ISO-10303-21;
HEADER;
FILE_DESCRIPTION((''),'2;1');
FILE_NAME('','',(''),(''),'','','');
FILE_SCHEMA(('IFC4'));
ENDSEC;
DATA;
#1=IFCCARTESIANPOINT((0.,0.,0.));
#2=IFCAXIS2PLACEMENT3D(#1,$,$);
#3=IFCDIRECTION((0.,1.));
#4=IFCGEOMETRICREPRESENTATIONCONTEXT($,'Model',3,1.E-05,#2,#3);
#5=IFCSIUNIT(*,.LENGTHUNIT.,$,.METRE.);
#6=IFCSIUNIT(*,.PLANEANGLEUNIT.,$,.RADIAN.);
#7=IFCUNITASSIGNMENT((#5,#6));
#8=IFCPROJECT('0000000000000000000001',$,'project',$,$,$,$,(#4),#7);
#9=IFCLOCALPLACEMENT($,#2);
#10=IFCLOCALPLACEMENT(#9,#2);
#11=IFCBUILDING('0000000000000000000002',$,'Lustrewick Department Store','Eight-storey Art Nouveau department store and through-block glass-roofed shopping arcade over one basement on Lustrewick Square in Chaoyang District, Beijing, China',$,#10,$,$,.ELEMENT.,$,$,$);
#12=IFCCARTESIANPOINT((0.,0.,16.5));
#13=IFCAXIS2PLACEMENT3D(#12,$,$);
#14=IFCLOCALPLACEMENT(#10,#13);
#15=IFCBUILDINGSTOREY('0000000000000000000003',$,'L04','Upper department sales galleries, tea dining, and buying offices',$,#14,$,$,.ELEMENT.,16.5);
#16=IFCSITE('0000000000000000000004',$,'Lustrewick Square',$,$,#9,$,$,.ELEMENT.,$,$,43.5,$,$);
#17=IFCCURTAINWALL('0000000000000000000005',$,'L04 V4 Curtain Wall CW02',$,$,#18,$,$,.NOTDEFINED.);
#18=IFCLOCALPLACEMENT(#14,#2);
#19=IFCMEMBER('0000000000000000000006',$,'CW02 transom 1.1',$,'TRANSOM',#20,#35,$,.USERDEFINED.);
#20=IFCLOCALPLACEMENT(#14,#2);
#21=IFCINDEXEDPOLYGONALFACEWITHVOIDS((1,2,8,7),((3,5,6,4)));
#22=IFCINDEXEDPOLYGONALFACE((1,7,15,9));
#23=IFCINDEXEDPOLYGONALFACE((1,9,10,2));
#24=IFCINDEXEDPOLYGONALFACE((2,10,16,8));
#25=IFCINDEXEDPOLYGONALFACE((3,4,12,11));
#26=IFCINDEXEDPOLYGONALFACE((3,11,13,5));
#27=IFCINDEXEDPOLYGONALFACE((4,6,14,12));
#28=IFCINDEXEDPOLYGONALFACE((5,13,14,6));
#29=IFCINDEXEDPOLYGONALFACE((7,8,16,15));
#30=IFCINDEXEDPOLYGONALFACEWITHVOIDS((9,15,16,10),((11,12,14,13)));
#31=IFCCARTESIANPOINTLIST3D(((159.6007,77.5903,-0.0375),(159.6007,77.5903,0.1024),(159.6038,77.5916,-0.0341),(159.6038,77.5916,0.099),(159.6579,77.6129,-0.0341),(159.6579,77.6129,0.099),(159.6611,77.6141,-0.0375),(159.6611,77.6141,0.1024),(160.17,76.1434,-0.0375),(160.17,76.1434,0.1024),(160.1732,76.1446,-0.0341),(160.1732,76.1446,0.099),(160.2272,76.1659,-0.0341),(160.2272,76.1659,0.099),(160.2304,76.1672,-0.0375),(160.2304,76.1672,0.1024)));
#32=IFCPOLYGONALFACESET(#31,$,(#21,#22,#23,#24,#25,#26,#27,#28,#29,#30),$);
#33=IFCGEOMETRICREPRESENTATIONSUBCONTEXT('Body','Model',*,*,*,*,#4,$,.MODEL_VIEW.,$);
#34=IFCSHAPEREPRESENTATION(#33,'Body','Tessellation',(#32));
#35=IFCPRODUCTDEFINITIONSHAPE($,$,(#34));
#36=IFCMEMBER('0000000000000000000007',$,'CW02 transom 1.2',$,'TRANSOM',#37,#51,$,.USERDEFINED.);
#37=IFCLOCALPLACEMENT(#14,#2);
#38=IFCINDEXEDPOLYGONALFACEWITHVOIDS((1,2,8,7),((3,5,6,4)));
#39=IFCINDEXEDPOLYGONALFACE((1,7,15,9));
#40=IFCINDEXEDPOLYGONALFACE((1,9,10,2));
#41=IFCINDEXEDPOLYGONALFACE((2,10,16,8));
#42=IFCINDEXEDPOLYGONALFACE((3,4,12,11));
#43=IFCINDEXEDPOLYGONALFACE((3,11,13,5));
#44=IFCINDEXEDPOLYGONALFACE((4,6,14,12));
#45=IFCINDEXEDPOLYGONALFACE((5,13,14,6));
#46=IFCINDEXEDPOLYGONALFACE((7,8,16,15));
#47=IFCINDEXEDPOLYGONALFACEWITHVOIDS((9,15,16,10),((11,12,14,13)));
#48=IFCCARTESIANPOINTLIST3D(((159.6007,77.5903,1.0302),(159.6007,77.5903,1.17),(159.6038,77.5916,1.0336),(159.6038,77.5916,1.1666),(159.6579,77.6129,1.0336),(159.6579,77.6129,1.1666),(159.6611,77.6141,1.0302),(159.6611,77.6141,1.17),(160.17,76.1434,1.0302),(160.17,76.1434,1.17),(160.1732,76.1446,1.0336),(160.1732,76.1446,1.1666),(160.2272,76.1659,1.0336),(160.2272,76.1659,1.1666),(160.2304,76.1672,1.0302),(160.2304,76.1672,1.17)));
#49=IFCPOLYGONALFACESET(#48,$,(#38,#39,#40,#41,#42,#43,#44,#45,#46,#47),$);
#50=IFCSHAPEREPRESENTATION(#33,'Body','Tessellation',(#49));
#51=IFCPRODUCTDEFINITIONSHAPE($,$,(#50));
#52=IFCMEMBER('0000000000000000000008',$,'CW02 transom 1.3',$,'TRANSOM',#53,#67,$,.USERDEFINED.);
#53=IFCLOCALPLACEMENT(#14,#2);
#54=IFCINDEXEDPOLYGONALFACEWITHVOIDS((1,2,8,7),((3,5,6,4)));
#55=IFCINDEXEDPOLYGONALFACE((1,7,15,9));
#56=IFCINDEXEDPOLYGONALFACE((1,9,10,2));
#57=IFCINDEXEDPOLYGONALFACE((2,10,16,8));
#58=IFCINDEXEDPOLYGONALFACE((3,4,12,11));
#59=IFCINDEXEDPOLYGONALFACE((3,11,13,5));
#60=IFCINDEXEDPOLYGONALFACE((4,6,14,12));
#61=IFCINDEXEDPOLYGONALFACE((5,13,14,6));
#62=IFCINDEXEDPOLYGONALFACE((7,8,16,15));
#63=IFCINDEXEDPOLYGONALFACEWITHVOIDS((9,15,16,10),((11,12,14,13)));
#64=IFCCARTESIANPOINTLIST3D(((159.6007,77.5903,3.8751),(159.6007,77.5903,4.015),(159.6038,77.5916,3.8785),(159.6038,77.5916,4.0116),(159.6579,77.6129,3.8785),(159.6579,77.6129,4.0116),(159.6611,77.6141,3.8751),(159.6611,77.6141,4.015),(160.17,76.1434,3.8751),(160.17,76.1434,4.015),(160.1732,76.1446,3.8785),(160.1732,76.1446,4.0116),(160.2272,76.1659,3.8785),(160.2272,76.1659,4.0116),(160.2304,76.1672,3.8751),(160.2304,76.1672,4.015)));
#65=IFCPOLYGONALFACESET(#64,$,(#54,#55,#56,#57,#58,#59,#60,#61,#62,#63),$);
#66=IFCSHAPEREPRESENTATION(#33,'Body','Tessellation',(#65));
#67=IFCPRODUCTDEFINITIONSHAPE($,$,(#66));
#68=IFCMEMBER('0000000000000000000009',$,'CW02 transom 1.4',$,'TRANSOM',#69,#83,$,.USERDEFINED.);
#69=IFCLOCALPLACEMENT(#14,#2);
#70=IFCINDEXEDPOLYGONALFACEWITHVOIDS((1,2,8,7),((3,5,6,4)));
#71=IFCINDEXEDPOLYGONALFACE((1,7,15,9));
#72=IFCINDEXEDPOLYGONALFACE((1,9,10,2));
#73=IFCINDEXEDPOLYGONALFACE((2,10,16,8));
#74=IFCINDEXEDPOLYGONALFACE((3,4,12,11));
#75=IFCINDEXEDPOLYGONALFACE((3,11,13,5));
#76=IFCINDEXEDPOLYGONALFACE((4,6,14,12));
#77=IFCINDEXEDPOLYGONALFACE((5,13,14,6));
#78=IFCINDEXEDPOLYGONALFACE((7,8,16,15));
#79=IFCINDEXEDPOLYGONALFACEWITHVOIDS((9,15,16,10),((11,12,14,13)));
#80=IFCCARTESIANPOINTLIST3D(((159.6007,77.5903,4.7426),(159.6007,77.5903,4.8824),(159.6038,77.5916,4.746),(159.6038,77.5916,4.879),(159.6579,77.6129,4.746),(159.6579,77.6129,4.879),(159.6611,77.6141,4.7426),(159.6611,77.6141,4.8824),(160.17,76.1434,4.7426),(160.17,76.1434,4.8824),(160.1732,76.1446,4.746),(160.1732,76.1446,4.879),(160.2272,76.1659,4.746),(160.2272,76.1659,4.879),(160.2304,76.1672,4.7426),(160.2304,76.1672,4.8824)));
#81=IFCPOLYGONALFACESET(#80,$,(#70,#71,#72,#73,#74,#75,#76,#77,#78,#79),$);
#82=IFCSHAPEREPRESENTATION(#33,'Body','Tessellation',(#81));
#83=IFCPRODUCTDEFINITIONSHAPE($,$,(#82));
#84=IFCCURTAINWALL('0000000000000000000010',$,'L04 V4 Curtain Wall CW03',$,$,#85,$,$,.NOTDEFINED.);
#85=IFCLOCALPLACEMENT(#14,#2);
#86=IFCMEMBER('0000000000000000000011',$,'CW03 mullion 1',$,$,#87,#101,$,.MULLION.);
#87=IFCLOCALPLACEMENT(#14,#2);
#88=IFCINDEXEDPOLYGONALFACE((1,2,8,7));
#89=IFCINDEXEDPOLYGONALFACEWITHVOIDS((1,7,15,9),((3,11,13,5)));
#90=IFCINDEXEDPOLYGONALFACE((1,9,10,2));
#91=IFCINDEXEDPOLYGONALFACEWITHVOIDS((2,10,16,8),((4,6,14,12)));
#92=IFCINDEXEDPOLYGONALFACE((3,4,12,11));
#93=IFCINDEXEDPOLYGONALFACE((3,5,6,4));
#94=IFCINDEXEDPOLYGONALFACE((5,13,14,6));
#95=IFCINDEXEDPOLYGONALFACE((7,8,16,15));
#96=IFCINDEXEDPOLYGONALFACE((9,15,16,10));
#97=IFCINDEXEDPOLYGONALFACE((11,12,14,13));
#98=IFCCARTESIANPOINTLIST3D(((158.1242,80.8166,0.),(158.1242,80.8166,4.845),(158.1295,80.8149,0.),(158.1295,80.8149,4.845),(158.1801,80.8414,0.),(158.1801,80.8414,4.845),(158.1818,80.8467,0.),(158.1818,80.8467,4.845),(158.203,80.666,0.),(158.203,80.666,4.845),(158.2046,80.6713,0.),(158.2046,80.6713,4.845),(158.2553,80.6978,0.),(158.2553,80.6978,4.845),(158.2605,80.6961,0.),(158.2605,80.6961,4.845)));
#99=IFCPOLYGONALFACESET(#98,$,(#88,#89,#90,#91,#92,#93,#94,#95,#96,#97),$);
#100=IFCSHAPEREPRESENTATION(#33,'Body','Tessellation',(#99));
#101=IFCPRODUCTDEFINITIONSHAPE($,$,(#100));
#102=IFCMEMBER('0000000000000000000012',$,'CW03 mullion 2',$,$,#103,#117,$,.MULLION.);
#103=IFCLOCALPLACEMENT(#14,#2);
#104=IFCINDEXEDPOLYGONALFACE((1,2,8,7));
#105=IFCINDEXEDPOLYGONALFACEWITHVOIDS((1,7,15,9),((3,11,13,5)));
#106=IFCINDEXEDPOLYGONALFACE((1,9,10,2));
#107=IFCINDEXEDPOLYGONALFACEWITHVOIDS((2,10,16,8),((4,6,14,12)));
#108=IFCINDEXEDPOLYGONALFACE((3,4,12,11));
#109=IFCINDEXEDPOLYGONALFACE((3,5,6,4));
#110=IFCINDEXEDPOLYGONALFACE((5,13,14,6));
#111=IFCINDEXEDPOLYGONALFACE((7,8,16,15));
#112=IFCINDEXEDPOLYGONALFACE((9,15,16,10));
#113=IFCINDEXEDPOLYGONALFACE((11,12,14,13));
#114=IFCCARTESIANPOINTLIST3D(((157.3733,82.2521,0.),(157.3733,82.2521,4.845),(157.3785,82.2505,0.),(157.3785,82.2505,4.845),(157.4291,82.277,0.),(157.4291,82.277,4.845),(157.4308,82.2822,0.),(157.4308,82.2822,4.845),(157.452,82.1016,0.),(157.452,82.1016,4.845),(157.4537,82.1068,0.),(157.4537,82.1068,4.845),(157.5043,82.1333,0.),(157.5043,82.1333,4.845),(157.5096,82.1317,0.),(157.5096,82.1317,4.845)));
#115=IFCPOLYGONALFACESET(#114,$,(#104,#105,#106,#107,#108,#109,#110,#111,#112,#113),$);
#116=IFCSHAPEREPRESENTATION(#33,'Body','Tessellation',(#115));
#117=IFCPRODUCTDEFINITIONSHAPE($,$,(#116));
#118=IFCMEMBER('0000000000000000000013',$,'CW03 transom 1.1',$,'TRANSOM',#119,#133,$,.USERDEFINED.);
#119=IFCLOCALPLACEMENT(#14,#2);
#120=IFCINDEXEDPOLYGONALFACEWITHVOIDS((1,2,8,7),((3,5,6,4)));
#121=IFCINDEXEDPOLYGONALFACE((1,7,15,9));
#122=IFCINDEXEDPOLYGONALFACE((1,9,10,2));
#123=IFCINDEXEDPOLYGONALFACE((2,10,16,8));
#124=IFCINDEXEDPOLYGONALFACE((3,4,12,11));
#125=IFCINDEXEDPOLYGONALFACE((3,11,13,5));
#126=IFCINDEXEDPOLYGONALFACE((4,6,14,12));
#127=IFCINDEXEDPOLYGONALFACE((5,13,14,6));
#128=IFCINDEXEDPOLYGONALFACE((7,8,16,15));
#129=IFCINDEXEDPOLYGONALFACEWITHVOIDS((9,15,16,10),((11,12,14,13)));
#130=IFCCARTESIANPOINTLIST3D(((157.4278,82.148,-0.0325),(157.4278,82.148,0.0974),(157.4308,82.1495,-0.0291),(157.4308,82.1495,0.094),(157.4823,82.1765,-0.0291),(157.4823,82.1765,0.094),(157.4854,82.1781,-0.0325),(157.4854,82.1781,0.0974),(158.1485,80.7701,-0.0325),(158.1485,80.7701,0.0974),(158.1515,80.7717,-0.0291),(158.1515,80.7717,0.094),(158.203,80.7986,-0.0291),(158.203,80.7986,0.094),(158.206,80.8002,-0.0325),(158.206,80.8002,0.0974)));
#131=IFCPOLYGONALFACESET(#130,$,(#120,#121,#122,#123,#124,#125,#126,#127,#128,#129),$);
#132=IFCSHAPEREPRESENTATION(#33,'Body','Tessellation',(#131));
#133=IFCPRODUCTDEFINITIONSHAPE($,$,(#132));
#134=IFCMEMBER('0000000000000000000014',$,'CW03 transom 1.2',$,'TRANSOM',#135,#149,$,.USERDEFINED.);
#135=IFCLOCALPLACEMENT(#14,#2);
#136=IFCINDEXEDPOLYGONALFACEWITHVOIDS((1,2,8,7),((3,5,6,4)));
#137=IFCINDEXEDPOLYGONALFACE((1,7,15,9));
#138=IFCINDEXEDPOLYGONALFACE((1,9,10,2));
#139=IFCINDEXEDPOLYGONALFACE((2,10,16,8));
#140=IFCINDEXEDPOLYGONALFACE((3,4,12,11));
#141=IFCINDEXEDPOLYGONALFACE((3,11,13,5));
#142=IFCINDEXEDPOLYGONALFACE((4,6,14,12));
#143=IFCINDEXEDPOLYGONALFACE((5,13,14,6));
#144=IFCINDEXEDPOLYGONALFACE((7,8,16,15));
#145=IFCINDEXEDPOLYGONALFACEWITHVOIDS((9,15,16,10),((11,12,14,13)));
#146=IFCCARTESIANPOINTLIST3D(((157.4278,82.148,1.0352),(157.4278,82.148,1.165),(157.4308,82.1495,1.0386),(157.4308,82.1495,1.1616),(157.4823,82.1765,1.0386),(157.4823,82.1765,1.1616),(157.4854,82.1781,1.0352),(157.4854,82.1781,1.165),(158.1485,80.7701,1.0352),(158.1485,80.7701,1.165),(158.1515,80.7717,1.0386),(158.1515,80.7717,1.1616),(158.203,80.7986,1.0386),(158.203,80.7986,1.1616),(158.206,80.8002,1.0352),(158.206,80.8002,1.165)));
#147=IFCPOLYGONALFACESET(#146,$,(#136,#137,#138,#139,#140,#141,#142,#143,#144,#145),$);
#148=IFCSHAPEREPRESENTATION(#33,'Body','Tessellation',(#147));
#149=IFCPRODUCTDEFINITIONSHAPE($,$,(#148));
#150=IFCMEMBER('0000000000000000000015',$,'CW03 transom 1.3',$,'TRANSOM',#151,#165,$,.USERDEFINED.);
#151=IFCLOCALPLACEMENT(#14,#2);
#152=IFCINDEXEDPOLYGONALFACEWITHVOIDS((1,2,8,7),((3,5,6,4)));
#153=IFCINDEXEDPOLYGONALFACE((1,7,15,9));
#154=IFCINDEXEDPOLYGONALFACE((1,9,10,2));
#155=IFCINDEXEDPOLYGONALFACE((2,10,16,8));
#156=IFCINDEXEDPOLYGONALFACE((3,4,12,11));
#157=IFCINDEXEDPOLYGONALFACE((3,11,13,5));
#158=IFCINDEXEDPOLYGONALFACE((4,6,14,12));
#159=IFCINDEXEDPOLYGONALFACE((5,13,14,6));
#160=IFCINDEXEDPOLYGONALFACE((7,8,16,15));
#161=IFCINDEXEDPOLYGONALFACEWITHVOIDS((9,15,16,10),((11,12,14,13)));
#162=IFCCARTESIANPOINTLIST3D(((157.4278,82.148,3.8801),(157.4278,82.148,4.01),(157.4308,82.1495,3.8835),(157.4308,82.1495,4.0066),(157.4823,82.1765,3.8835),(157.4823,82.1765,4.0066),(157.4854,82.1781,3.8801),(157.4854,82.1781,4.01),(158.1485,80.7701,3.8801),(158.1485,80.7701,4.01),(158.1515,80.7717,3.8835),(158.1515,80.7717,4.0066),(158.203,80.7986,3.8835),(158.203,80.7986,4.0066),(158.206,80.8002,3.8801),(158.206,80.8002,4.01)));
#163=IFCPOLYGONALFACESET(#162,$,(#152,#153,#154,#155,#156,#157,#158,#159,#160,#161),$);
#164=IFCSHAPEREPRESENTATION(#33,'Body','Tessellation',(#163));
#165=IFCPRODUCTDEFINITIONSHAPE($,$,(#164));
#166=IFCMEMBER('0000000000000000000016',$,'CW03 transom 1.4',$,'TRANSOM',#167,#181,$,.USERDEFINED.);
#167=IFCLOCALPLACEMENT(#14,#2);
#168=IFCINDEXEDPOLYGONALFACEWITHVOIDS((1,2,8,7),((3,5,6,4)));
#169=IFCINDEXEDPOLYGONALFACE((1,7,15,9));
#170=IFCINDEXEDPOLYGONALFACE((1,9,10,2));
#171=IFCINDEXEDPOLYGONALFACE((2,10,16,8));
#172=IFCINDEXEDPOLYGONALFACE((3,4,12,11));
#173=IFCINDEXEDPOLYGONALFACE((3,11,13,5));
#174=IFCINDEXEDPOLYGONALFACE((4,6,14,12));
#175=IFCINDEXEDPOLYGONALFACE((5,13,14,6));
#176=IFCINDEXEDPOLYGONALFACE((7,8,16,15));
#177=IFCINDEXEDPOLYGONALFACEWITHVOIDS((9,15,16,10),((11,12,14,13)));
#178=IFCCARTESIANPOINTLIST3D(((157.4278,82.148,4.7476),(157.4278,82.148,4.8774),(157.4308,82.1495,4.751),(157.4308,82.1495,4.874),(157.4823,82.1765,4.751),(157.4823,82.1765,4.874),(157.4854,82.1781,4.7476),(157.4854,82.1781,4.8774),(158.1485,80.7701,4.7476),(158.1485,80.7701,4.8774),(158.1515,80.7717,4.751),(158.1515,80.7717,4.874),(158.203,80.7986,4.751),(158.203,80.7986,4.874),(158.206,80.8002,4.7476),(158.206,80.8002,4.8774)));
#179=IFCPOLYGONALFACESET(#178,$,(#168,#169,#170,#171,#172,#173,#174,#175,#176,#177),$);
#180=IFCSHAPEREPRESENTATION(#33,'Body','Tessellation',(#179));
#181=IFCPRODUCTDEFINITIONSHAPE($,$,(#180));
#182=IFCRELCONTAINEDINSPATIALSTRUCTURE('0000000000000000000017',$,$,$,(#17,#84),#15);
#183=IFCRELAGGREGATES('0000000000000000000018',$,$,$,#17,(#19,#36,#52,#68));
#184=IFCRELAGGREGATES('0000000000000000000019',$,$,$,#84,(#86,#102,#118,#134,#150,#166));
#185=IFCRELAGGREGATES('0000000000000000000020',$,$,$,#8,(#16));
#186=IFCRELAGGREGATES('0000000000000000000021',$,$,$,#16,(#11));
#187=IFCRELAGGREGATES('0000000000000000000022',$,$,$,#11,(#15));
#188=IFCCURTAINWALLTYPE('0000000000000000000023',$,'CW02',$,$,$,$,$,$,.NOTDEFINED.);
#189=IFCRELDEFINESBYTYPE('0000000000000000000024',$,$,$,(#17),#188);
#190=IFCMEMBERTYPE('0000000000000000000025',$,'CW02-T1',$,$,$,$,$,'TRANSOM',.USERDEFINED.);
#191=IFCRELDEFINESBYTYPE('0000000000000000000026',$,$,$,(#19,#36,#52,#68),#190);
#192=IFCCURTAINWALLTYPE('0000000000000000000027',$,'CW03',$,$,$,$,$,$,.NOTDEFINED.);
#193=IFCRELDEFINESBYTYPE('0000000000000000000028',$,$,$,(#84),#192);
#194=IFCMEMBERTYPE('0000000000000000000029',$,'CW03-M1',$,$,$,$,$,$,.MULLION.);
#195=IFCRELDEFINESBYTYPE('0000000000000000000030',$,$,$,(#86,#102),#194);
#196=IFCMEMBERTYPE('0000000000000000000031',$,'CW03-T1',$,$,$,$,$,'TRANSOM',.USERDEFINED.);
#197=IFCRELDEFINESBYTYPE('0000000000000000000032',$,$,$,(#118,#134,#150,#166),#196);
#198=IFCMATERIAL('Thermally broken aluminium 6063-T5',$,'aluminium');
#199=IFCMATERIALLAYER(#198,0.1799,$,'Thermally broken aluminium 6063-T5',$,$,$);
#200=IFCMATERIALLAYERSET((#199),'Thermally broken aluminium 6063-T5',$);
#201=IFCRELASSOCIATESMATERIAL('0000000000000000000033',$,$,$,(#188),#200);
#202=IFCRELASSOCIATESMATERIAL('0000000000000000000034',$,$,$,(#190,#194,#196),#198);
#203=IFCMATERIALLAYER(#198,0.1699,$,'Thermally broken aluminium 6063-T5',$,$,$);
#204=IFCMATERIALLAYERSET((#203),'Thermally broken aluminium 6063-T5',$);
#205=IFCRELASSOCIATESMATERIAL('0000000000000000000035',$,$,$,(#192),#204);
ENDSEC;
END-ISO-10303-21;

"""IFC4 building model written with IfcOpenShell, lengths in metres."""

from ifc_helpers import new_model, si_unit, direction, frame, origin, origin_2d, place, context, subcontext, project, spatial, hollow_rectangle, extrude, material, layer, layer_set, material_profile, profile_set, type_object, element, aggregate, save


model = new_model("IFC4")

# Units and contexts
model_context = context("Model", 3, precision=1e-05, world=origin(), true_north=direction((0.0, 1.0)))
body_context = subcontext(model_context, "Body", "Model", "MODEL_VIEW")
ifc_project = project(units=[si_unit("LENGTHUNIT", "METRE"), si_unit("PLANEANGLEUNIT", "RADIAN")], contexts=[model_context])

# Site, building, storey
site_placement = place(None, origin())
site = spatial("IfcSite", under=ifc_project, at=site_placement, Name="Lustrewick Square", CompositionType="ELEMENT", RefElevation=43.5)
building_placement = place(site_placement, origin())
building = spatial("IfcBuilding", under=site, at=building_placement, Name="Lustrewick Department Store", Description="Eight-storey Art Nouveau department store and through-block glass-roofed shopping arcade over one basement on Lustrewick Square in Chaoyang District, Beijing, China", CompositionType="ELEMENT")
storey_placement = place(building_placement, frame((0.0, 0.0, 16.5)))
storey = spatial("IfcBuildingStorey", under=building, at=storey_placement, Name="L04", Description="Upper department sales galleries, tea dining, and buying offices", CompositionType="ELEMENT", Elevation=16.5)

# Curtain walls, members
ifc_material_1 = material(Name="Thermally broken aluminium 6063-T5", Category="aluminium")
ifc_layer_1 = layer(ifc_material_1, 0.1799, Name="Thermally broken aluminium 6063-T5")
ifc_layer_set_1 = layer_set([ifc_layer_1], Name="Thermally broken aluminium 6063-T5")
curtain_wall_type_1 = type_object("IfcCurtainWallType", Name="CW02", PredefinedType="NOTDEFINED", material=ifc_layer_set_1)
curtain_wall_1_placement = place(storey_placement, origin())
curtain_wall_1 = element("IfcCurtainWall", 1, at=curtain_wall_1_placement, inside=storey, type_object=curtain_wall_type_1, Name="L04 V4 Curtain Wall CW02", PredefinedType="NOTDEFINED")
ifc_material_profile_1 = material_profile(ifc_material_1, hollow_rectangle(XDim=0.0649, YDim=0.1399, WallThickness=0.0034, at=origin_2d()), Name="ALU-T 65x140x3.5")
ifc_profile_set_1 = profile_set([ifc_material_profile_1], Name="Thermally broken aluminium 6063-T5")
member_type_1 = type_object("IfcMemberType", Name="CW02-T1", ElementType="TRANSOM", PredefinedType="USERDEFINED", material=ifc_profile_set_1)
member_1_placement = place(storey_placement, frame((160.2002, 76.1553, 0.0325), z_axis=(-0.366133, 0.930562, 0.0), x_axis=(-0.930562, -0.366133, 0.0)))
member_1 = element("IfcMember", 2, at=member_1_placement, type_object=member_type_1, Name="CW02 transom 1.1", ObjectType="TRANSOM", PredefinedType="USERDEFINED", context=body_context, shape_type="SweptSolid", body=[
    extrude(hollow_rectangle(XDim=0.0649, YDim=0.1399, WallThickness=0.0034, at=origin_2d()), origin(), (0.0, 0.0, 1.0), 1.5549),
])
member_2_placement = place(storey_placement, frame((160.2002, 76.1553, 1.1001), z_axis=(-0.366133, 0.930562, 0.0), x_axis=(-0.930562, -0.366133, 0.0)))
member_2 = element("IfcMember", 3, at=member_2_placement, type_object=member_type_1, Name="CW02 transom 1.2", ObjectType="TRANSOM", PredefinedType="USERDEFINED", context=body_context, shape_type="SweptSolid", body=[
    extrude(hollow_rectangle(XDim=0.0649, YDim=0.1399, WallThickness=0.0034, at=origin_2d()), origin(), (0.0, 0.0, 1.0), 1.5549),
])
member_3_placement = place(storey_placement, frame((160.2002, 76.1553, 3.9451), z_axis=(-0.366133, 0.930562, 0.0), x_axis=(-0.930562, -0.366133, 0.0)))
member_3 = element("IfcMember", 4, at=member_3_placement, type_object=member_type_1, Name="CW02 transom 1.3", ObjectType="TRANSOM", PredefinedType="USERDEFINED", context=body_context, shape_type="SweptSolid", body=[
    extrude(hollow_rectangle(XDim=0.0649, YDim=0.1399, WallThickness=0.0034, at=origin_2d()), origin(), (0.0, 0.0, 1.0), 1.5549),
])
member_4_placement = place(storey_placement, frame((160.2002, 76.1553, 4.8125), z_axis=(-0.366133, 0.930562, 0.0), x_axis=(-0.930562, -0.366133, 0.0)))
member_4 = element("IfcMember", 5, at=member_4_placement, type_object=member_type_1, Name="CW02 transom 1.4", ObjectType="TRANSOM", PredefinedType="USERDEFINED", context=body_context, shape_type="SweptSolid", body=[
    extrude(hollow_rectangle(XDim=0.0649, YDim=0.1399, WallThickness=0.0034, at=origin_2d()), origin(), (0.0, 0.0, 1.0), 1.5549),
])
ifc_layer_2 = layer(ifc_material_1, 0.1699, Name="Thermally broken aluminium 6063-T5")
ifc_layer_set_2 = layer_set([ifc_layer_2], Name="Thermally broken aluminium 6063-T5")
curtain_wall_type_2 = type_object("IfcCurtainWallType", Name="CW03", PredefinedType="NOTDEFINED", material=ifc_layer_set_2)
curtain_wall_2_placement = place(storey_placement, origin())
curtain_wall_2 = element("IfcCurtainWall", 6, at=curtain_wall_2_placement, inside=storey, type_object=curtain_wall_type_2, Name="L04 V4 Curtain Wall CW03", PredefinedType="NOTDEFINED")
ifc_material_profile_2 = material_profile(ifc_material_1, hollow_rectangle(XDim=0.0649, YDim=0.1699, WallThickness=0.0039, at=origin_2d()), Name="ALU-M 65x170x4")
ifc_profile_set_2 = profile_set([ifc_material_profile_2], Name="Thermally broken aluminium 6063-T5")
member_type_2 = type_object("IfcMemberType", Name="CW03-M1", PredefinedType="MULLION", material=ifc_profile_set_2)
member_5_placement = place(storey_placement, frame((158.1924, 80.7563, 0.0), z_axis=(0.0, 0.0, 1.0), x_axis=(-0.8861, -0.463495, 0.0)))
member_5 = element("IfcMember", 7, at=member_5_placement, type_object=member_type_2, Name="CW03 mullion 1", PredefinedType="MULLION", context=body_context, shape_type="SweptSolid", body=[
    extrude(hollow_rectangle(XDim=0.0649, YDim=0.1699, WallThickness=0.0039, at=origin_2d()), origin(), (0.0, 0.0, 1.0), 4.845),
])
member_6_placement = place(storey_placement, frame((157.4414, 82.1919, 0.0), z_axis=(0.0, 0.0, 1.0), x_axis=(-0.8861, -0.463495, 0.0)))
member_6 = element("IfcMember", 8, at=member_6_placement, type_object=member_type_2, Name="CW03 mullion 2", PredefinedType="MULLION", context=body_context, shape_type="SweptSolid", body=[
    extrude(hollow_rectangle(XDim=0.0649, YDim=0.1699, WallThickness=0.0039, at=origin_2d()), origin(), (0.0, 0.0, 1.0), 4.845),
])
ifc_material_profile_3 = material_profile(ifc_material_1, hollow_rectangle(XDim=0.0649, YDim=0.1299, WallThickness=0.0034, at=origin_2d()), Name="ALU-T 65x130x3.5")
ifc_profile_set_3 = profile_set([ifc_material_profile_3], Name="Thermally broken aluminium 6063-T5")
member_type_3 = type_object("IfcMemberType", Name="CW03-T1", ElementType="TRANSOM", PredefinedType="USERDEFINED", material=ifc_profile_set_3)
member_7_placement = place(storey_placement, frame((158.1772, 80.7852, 0.0325), z_axis=(-0.463467, 0.886114, 0.0), x_axis=(-0.886114, -0.463467, 0.0)))
member_7 = element("IfcMember", 9, at=member_7_placement, type_object=member_type_3, Name="CW03 transom 1.1", ObjectType="TRANSOM", PredefinedType="USERDEFINED", context=body_context, shape_type="SweptSolid", body=[
    extrude(hollow_rectangle(XDim=0.0649, YDim=0.1299, WallThickness=0.0034, at=origin_2d()), origin(), (0.0, 0.0, 1.0), 1.5549),
])
member_8_placement = place(storey_placement, frame((158.1772, 80.7852, 1.1001), z_axis=(-0.463467, 0.886114, 0.0), x_axis=(-0.886114, -0.463467, 0.0)))
member_8 = element("IfcMember", 10, at=member_8_placement, type_object=member_type_3, Name="CW03 transom 1.2", ObjectType="TRANSOM", PredefinedType="USERDEFINED", context=body_context, shape_type="SweptSolid", body=[
    extrude(hollow_rectangle(XDim=0.0649, YDim=0.1299, WallThickness=0.0034, at=origin_2d()), origin(), (0.0, 0.0, 1.0), 1.5549),
])
member_9_placement = place(storey_placement, frame((158.1772, 80.7852, 3.9451), z_axis=(-0.463467, 0.886114, 0.0), x_axis=(-0.886114, -0.463467, 0.0)))
member_9 = element("IfcMember", 11, at=member_9_placement, type_object=member_type_3, Name="CW03 transom 1.3", ObjectType="TRANSOM", PredefinedType="USERDEFINED", context=body_context, shape_type="SweptSolid", body=[
    extrude(hollow_rectangle(XDim=0.0649, YDim=0.1299, WallThickness=0.0034, at=origin_2d()), origin(), (0.0, 0.0, 1.0), 1.5549),
])
member_10_placement = place(storey_placement, frame((158.1772, 80.7852, 4.8125), z_axis=(-0.463467, 0.886114, 0.0), x_axis=(-0.886114, -0.463467, 0.0)))
member_10 = element("IfcMember", 12, at=member_10_placement, type_object=member_type_3, Name="CW03 transom 1.4", ObjectType="TRANSOM", PredefinedType="USERDEFINED", context=body_context, shape_type="SweptSolid", body=[
    extrude(hollow_rectangle(XDim=0.0649, YDim=0.1299, WallThickness=0.0034, at=origin_2d()), origin(), (0.0, 0.0, 1.0), 1.5549),
])

aggregate(curtain_wall_1, [member_1, member_2, member_3, member_4])
aggregate(curtain_wall_2, [member_5, member_6, member_7, member_8, member_9, member_10])

save(model, "model.ifc")
